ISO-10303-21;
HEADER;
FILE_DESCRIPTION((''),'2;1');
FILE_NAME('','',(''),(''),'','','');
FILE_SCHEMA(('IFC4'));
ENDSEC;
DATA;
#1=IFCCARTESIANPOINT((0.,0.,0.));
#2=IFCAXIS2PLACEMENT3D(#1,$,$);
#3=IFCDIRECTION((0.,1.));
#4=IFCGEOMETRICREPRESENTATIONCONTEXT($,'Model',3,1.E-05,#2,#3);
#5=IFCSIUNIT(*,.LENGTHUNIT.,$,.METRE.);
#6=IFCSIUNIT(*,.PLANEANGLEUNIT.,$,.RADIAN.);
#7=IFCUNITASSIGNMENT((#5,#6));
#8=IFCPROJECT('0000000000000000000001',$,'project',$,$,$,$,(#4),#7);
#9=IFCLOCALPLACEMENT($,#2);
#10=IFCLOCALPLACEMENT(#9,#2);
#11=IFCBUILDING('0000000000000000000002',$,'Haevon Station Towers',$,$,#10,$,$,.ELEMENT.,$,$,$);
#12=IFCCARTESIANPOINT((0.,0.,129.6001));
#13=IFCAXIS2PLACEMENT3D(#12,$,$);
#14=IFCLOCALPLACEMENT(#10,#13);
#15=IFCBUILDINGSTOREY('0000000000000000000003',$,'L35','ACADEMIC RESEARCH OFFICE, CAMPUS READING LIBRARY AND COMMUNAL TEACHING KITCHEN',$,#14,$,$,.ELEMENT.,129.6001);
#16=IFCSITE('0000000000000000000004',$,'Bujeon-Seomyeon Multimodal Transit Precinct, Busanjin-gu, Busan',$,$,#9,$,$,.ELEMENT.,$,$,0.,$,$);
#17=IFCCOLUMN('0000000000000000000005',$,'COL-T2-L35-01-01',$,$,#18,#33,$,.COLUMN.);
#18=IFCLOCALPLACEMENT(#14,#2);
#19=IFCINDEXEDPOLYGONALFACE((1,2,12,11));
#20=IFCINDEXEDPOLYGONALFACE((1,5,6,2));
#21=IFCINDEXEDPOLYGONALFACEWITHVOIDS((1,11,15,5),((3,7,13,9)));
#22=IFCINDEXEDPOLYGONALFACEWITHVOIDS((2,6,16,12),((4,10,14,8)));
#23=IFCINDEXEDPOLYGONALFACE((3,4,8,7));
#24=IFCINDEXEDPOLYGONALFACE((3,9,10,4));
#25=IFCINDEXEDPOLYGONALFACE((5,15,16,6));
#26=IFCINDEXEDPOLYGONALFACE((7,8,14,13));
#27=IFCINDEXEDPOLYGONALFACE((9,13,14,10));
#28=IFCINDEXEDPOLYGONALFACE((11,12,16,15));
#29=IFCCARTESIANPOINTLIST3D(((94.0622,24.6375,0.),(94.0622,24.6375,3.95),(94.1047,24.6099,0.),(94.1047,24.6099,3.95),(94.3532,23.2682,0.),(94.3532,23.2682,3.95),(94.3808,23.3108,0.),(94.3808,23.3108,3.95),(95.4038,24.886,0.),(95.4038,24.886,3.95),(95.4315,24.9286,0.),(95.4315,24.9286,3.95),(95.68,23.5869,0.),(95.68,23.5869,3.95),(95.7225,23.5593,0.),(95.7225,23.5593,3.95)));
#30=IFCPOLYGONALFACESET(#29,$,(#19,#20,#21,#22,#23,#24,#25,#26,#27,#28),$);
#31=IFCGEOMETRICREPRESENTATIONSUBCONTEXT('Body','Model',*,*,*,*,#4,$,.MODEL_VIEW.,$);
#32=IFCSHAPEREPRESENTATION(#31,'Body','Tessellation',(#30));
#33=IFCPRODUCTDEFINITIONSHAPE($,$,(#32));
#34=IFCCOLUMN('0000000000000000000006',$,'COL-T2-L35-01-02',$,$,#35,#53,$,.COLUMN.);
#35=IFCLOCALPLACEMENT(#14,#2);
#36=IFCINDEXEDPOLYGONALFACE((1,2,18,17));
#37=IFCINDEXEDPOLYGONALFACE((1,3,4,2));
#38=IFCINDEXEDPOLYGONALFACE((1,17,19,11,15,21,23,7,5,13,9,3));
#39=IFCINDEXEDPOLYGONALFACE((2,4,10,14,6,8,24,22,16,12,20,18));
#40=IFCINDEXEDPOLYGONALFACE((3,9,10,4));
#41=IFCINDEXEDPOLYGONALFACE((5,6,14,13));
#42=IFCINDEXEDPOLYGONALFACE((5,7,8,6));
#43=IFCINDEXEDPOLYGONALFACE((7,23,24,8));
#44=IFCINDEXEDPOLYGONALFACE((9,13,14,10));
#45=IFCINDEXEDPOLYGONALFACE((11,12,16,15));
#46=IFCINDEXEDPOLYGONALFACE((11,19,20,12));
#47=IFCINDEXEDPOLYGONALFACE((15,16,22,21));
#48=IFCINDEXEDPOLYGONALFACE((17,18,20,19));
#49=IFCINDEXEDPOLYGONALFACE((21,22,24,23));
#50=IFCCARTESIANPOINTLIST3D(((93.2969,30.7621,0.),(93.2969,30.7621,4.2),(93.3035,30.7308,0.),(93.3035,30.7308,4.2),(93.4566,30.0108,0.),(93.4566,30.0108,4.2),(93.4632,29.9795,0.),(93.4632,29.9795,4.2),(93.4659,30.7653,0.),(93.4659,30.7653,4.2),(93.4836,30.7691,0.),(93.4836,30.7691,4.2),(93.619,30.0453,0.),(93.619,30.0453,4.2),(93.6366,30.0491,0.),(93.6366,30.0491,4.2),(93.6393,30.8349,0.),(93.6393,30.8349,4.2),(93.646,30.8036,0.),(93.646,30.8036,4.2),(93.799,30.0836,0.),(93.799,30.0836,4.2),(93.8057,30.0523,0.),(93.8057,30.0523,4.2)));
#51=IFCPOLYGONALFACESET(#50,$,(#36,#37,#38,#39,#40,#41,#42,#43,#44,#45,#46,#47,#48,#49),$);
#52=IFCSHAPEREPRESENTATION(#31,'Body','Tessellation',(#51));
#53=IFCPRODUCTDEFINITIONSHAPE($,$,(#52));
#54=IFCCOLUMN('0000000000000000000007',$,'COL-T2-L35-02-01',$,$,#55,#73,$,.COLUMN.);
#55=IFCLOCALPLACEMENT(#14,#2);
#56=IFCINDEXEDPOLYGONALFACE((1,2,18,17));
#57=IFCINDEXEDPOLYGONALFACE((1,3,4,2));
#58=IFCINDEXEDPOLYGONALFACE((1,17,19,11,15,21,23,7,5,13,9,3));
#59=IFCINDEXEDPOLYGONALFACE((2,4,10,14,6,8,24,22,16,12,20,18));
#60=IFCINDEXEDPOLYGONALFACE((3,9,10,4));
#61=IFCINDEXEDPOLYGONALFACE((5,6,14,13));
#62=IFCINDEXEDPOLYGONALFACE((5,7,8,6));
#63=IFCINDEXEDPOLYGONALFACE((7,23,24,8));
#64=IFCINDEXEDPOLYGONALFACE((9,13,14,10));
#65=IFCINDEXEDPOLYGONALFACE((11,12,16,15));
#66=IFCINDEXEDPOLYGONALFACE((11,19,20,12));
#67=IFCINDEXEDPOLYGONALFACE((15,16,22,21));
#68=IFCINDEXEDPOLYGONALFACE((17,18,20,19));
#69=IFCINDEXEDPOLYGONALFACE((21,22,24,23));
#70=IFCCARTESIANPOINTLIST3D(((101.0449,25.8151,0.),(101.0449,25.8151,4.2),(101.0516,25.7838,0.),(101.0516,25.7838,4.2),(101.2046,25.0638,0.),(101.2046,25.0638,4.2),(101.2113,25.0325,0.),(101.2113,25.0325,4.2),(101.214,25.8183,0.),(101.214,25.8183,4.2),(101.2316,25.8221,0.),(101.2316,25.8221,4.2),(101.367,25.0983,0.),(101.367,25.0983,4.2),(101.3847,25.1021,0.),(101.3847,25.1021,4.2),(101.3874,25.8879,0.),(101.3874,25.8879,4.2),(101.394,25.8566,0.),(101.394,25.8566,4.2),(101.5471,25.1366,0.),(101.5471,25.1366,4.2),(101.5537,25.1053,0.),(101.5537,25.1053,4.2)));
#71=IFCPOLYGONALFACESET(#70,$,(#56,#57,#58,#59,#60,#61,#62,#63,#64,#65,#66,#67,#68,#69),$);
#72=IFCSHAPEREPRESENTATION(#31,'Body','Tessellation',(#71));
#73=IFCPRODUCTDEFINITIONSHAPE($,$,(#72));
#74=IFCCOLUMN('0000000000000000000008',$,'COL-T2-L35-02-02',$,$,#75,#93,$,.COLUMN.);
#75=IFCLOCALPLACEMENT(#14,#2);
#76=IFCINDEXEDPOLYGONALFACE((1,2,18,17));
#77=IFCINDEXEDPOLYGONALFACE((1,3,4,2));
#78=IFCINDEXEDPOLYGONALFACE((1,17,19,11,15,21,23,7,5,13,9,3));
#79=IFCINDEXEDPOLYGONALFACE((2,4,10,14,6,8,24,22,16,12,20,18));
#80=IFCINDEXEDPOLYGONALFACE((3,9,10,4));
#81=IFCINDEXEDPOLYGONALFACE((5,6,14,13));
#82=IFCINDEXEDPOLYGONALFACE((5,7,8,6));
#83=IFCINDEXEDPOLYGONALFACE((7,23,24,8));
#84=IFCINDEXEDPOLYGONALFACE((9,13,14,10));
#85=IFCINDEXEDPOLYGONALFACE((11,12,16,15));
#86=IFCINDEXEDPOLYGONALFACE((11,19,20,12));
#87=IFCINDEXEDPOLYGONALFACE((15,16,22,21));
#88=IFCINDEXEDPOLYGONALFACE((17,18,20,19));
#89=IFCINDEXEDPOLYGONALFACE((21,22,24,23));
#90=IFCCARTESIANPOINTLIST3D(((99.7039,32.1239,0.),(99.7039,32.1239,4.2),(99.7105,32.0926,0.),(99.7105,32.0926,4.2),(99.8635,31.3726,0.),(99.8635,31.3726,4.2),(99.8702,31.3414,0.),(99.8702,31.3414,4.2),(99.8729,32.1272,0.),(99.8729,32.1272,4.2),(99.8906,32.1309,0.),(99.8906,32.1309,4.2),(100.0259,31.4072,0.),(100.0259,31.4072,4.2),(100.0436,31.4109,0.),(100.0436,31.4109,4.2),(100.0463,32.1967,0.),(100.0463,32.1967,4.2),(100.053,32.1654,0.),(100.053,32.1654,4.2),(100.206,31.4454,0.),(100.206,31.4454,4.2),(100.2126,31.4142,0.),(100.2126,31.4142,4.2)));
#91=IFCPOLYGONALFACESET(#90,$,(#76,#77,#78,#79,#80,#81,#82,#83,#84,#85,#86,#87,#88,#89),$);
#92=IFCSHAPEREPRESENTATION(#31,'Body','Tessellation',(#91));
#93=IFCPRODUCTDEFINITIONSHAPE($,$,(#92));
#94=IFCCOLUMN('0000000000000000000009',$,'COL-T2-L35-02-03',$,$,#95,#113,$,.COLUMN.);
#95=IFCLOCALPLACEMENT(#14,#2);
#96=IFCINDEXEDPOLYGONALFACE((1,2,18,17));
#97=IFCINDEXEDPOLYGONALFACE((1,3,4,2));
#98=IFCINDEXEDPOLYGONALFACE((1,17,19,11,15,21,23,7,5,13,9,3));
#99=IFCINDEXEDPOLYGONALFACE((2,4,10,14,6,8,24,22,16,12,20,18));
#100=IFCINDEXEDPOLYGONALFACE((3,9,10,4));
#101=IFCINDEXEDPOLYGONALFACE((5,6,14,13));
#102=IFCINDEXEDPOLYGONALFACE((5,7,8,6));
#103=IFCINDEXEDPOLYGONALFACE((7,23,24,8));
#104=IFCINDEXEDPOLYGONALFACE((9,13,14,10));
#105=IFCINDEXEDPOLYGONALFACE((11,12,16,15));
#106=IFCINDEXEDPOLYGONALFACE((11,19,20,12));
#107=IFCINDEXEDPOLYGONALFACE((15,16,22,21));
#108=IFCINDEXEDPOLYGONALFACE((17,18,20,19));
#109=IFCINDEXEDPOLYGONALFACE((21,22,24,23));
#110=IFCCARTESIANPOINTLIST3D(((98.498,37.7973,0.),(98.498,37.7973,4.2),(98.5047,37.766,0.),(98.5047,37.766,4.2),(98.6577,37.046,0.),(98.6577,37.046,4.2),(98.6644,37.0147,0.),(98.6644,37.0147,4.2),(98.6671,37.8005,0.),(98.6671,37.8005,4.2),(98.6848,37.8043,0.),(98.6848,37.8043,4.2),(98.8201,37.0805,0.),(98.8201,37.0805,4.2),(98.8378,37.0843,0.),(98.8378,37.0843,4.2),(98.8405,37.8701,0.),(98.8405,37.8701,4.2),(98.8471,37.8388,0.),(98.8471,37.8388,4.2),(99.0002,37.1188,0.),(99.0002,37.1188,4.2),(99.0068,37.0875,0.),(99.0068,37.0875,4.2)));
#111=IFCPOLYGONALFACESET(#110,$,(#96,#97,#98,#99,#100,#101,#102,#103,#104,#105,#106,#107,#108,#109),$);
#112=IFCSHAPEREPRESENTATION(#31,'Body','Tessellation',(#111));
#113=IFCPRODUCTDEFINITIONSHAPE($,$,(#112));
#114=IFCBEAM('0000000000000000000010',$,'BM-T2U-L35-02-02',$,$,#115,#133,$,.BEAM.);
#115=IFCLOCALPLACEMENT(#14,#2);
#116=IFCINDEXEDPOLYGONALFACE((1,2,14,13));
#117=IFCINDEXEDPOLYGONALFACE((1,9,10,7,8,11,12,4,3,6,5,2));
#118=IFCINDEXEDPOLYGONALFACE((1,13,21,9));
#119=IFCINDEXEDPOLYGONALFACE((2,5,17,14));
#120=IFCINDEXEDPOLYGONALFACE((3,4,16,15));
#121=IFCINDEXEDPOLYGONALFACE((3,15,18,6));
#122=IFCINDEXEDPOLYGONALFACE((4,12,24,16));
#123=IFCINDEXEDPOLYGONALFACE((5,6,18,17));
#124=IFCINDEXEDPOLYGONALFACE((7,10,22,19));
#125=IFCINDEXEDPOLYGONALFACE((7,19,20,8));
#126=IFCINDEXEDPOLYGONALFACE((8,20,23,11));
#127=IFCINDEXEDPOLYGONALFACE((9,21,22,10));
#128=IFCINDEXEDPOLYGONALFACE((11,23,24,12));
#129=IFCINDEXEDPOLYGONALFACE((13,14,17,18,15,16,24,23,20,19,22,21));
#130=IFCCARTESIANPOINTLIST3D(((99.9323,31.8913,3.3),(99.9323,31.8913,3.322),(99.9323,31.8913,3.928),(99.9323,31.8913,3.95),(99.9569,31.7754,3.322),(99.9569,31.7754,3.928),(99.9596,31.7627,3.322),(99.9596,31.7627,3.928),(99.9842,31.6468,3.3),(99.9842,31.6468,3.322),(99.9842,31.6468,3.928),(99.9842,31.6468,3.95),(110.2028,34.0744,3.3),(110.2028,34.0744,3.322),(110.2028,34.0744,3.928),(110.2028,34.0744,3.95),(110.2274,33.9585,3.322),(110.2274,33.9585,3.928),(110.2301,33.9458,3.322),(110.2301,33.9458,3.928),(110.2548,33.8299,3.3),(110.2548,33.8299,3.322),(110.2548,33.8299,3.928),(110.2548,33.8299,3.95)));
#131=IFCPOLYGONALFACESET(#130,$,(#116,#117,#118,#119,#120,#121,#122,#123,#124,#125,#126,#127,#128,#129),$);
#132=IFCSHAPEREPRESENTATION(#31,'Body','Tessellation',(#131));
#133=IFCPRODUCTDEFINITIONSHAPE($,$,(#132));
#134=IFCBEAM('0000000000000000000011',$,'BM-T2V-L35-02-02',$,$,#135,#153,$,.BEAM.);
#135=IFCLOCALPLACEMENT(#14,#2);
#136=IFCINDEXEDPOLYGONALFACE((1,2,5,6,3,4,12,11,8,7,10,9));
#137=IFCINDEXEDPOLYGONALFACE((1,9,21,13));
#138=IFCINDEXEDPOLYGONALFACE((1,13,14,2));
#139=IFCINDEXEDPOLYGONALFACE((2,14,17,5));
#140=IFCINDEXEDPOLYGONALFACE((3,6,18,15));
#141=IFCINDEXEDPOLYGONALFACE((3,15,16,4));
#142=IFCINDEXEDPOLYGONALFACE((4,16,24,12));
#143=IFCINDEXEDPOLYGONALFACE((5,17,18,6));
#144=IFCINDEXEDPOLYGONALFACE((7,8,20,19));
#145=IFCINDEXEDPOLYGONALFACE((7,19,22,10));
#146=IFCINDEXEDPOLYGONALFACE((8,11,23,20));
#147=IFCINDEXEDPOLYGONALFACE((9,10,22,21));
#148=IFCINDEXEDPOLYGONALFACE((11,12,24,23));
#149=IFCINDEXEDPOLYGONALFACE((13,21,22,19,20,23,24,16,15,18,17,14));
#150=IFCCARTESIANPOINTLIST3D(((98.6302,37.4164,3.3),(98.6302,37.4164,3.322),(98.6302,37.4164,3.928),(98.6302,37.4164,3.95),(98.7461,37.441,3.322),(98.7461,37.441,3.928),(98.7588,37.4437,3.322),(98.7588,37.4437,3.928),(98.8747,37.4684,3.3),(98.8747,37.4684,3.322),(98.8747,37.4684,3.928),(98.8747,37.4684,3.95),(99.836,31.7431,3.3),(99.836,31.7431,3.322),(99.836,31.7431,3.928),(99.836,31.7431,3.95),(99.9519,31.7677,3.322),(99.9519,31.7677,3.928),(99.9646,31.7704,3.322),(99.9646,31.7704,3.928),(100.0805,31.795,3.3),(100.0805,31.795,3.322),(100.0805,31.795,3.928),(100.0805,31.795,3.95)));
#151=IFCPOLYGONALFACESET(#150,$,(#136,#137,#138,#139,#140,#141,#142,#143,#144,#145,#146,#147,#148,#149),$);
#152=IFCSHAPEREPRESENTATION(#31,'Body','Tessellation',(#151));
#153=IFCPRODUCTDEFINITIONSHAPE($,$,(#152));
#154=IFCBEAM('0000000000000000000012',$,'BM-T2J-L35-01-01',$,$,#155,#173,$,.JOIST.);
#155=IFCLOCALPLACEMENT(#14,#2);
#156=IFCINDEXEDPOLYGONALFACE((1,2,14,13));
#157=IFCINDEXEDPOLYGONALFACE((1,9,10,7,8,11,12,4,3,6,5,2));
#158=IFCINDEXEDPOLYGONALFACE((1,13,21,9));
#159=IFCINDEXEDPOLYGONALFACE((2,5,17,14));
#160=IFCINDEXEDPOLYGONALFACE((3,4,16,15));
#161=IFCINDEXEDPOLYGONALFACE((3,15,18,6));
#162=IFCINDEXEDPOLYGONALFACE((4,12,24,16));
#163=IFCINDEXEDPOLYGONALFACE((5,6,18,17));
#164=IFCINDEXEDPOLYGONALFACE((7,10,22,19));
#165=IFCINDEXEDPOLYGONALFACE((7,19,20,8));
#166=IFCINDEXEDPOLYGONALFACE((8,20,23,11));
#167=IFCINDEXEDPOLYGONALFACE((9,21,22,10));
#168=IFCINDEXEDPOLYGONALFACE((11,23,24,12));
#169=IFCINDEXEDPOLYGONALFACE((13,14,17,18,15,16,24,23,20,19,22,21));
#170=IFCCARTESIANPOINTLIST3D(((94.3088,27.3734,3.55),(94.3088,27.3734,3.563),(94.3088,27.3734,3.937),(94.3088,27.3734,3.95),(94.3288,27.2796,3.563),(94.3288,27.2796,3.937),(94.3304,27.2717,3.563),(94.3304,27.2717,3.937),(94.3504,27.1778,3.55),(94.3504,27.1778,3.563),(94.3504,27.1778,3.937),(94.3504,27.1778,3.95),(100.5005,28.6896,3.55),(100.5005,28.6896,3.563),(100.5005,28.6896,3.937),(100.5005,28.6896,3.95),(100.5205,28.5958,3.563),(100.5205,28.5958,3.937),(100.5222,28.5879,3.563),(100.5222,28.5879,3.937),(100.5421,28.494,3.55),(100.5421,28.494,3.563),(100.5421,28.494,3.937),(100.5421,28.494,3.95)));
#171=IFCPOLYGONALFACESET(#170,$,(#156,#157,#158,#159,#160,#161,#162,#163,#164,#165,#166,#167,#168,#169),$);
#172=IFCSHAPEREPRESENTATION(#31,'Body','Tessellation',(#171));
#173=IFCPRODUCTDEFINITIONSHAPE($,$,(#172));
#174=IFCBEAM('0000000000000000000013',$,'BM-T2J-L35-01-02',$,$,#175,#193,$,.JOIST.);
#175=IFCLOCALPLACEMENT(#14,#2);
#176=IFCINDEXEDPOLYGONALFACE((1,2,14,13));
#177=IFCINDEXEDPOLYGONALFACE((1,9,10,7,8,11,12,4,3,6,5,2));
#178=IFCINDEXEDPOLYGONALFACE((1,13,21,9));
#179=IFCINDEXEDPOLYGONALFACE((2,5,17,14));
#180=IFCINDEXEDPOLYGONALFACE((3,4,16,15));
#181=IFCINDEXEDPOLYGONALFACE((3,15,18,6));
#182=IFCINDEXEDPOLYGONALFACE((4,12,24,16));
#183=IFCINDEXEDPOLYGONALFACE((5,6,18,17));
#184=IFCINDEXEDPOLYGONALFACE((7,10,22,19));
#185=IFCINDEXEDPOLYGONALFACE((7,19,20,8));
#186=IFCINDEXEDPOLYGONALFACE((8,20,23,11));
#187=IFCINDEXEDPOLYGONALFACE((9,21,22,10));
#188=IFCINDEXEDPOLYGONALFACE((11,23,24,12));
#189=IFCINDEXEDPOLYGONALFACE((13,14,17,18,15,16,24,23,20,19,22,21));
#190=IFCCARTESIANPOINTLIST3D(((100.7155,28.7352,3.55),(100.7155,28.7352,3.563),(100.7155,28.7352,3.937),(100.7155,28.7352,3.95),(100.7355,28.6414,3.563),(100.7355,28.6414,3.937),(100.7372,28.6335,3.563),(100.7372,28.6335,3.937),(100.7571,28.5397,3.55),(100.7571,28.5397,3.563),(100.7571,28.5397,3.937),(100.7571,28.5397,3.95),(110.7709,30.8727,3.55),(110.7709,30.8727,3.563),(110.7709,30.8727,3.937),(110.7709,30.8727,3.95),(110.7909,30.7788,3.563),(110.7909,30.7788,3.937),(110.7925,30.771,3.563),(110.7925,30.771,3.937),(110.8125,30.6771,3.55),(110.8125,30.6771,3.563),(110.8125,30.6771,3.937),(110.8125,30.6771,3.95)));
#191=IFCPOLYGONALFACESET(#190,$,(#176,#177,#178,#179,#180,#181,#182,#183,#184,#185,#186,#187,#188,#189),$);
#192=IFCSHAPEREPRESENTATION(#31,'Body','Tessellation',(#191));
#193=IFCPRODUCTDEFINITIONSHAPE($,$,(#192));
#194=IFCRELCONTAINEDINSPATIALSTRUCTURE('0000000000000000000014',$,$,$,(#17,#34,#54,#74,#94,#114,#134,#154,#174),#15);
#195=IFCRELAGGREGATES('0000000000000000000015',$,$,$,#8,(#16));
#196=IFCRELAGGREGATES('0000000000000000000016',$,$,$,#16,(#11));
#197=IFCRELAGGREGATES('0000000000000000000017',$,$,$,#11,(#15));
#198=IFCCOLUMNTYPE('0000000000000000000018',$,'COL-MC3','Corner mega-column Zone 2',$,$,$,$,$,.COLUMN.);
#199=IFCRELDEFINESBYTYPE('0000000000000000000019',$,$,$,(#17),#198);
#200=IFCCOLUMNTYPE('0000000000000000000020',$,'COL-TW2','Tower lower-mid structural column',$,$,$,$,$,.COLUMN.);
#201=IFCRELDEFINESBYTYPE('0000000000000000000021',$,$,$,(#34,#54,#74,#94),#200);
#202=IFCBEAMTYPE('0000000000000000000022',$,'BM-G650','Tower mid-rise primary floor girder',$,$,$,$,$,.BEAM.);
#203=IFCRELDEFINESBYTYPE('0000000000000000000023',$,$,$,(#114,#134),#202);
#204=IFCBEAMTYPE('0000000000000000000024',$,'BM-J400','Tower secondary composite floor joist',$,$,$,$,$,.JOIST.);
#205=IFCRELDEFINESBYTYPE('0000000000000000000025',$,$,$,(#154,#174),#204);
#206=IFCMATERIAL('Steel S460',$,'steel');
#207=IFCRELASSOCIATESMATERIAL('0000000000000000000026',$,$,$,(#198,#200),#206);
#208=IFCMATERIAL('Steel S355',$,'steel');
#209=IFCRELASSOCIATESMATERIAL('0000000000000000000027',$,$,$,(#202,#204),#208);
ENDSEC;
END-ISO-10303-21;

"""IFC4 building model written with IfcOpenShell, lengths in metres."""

from ifc_helpers import new_model, si_unit, direction, frame, origin, origin_2d, place, context, subcontext, project, spatial, hollow_rectangle, i_section, extrude, material, material_profile, profile_set, type_object, element, save


model = new_model("IFC4")

# Units and contexts
model_context = context("Model", 3, precision=1e-05, world=origin(), true_north=direction((0.0, 1.0)))
body_context = subcontext(model_context, "Body", "Model", "MODEL_VIEW")
ifc_project = project(units=[si_unit("LENGTHUNIT", "METRE"), si_unit("PLANEANGLEUNIT", "RADIAN")], contexts=[model_context])

# Site, building, storey
site_placement = place(None, origin())
site = spatial("IfcSite", under=ifc_project, at=site_placement, Name="Bujeon-Seomyeon Multimodal Transit Precinct, Busanjin-gu, Busan", CompositionType="ELEMENT", RefElevation=0.0)
building_placement = place(site_placement, origin())
building = spatial("IfcBuilding", under=site, at=building_placement, Name="Haevon Station Towers", CompositionType="ELEMENT")
storey_placement = place(building_placement, frame((0.0, 0.0, 129.6001)))
storey = spatial("IfcBuildingStorey", under=building, at=storey_placement, Name="L35", Description="ACADEMIC RESEARCH OFFICE, CAMPUS READING LIBRARY AND COMMUNAL TEACHING KITCHEN", CompositionType="ELEMENT", Elevation=129.6001)

# Columns
ifc_material_1 = material(Name="Steel S460", Category="steel")
ifc_material_profile_1 = material_profile(ifc_material_1, hollow_rectangle(XDim=1.3999, YDim=1.3999, WallThickness=0.0359, at=origin_2d()), Name="BOX-1400x1400x36")
ifc_profile_set_1 = profile_set([ifc_material_profile_1], Name="Steel S460")
column_type_1 = type_object("IfcColumnType", Name="COL-MC3", Description="Corner mega-column Zone 2", PredefinedType="COLUMN", material=ifc_profile_set_1)
column_placement = place(storey_placement, frame((94.8923, 24.0984, 0.0), z_axis=(0.0, 0.0, 1.0), x_axis=(0.978148, 0.207912, 0.0)))
element("IfcColumn", 1, at=column_placement, inside=storey, type_object=column_type_1, Name="COL-T2-L35-01-01", PredefinedType="COLUMN", context=body_context, shape_type="SweptSolid", body=[
    extrude(hollow_rectangle(XDim=1.3999, YDim=1.3999, WallThickness=0.0359, at=origin_2d()), origin(), (0.0, 0.0, 1.0), 3.95),
])
ifc_material_profile_2 = material_profile(ifc_material_1, i_section(OverallWidth=0.3501, OverallDepth=0.8, WebThickness=0.0181, FlangeThickness=0.032, at=origin_2d()), Name="H-800x350x18x32")
ifc_profile_set_2 = profile_set([ifc_material_profile_2], Name="Steel S460")
column_type_2 = type_object("IfcColumnType", Name="COL-TW2", Description="Tower lower-mid structural column", PredefinedType="COLUMN", material=ifc_profile_set_2)
for number, where, z_axis, x_axis, name in (
    (2, (93.5513, 30.4072, 0.0), (0.0, 0.0, 1.0), (0.978148, 0.207912, 0.0), "COL-T2-L35-01-02"),
    (3, (101.2993, 25.4602, 0.0), (0.0, 0.0, 1.0), (0.978148, 0.207912, 0.0), "COL-T2-L35-02-01"),
    (4, (99.9583, 31.769, 0.0), (0.0, 0.0, 1.0), (0.978148, 0.207912, 0.0), "COL-T2-L35-02-02"),
    (5, (98.7524, 37.4424, 0.0), (0.0, 0.0, 1.0), (0.978148, 0.207912, 0.0), "COL-T2-L35-02-03"),
):
    element("IfcColumn", number, at=place(storey_placement, frame(where, z_axis=z_axis, x_axis=x_axis)), inside=storey, type_object=column_type_2, Name=name, PredefinedType="COLUMN", context=body_context, shape_type="SweptSolid", body=[
        extrude(i_section(OverallWidth=0.3501, OverallDepth=0.8, WebThickness=0.0181, FlangeThickness=0.032, at=origin_2d()), origin(), (0.0, 0.0, 1.0), 4.2),
    ])

# Beams
ifc_material_2 = material(Name="Steel S355", Category="steel")
ifc_material_profile_3 = material_profile(ifc_material_2, i_section(OverallWidth=0.25, OverallDepth=0.6499, WebThickness=0.0129, FlangeThickness=0.022, at=origin_2d()), Name="H-650x250x13x22")
ifc_profile_set_3 = profile_set([ifc_material_profile_3], Name="Steel S355")
beam_type_1 = type_object("IfcBeamType", Name="BM-G650", Description="Tower mid-rise primary floor girder", PredefinedType="BEAM", material=ifc_profile_set_3)
beam_1_placement = place(storey_placement, frame((99.9583, 31.769, 3.625), z_axis=(0.978147, 0.207915, 0.0), x_axis=(-0.207915, 0.978147, 0.0)))
element("IfcBeam", 6, at=beam_1_placement, inside=storey, type_object=beam_type_1, Name="BM-T2U-L35-02-02", PredefinedType="BEAM", context=body_context, shape_type="SweptSolid", body=[
    extrude(i_section(OverallWidth=0.25, OverallDepth=0.6499, WebThickness=0.0129, FlangeThickness=0.022, at=origin_2d()), origin(), (0.0, 0.0, 1.0), 10.5),
])
beam_2_placement = place(storey_placement, frame((99.9583, 31.769, 3.625), z_axis=(-0.207896, 0.978151, 0.0), x_axis=(-0.978151, -0.207896, 0.0)))
element("IfcBeam", 7, at=beam_2_placement, inside=storey, type_object=beam_type_1, Name="BM-T2V-L35-02-02", PredefinedType="BEAM", context=body_context, shape_type="SweptSolid", body=[
    extrude(i_section(OverallWidth=0.25, OverallDepth=0.6499, WebThickness=0.0129, FlangeThickness=0.022, at=origin_2d()), origin(), (0.0, 0.0, 1.0), 5.8),
])
ifc_material_profile_4 = material_profile(ifc_material_2, i_section(OverallWidth=0.2, OverallDepth=0.3999, WebThickness=0.0081, FlangeThickness=0.0129, at=origin_2d()), Name="H-400x200x8x13")
ifc_profile_set_4 = profile_set([ifc_material_profile_4], Name="Steel S355")
beam_type_2 = type_object("IfcBeamType", Name="BM-J400", Description="Tower secondary composite floor joist", PredefinedType="JOIST", material=ifc_profile_set_4)
beam_3_placement = place(storey_placement, frame((94.3296, 27.2756, 3.75), z_axis=(0.978145, 0.207925, 0.0), x_axis=(-0.207925, 0.978145, 0.0)))
element("IfcBeam", 8, at=beam_3_placement, inside=storey, type_object=beam_type_2, Name="BM-T2J-L35-01-01", PredefinedType="JOIST", context=body_context, shape_type="SweptSolid", body=[
    extrude(i_section(OverallWidth=0.2, OverallDepth=0.3999, WebThickness=0.0081, FlangeThickness=0.0129, at=origin_2d()), origin(), (0.0, 0.0, 1.0), 6.3301),
])
for number, where, z_axis, x_axis, name in (
    (9, (100.7363, 28.6375, 3.75), (0.978146, 0.207922, 0.0), (-0.207922, 0.978146, 0.0), "BM-T2J-L35-01-02"),
):
    element("IfcBeam", number, at=place(storey_placement, frame(where, z_axis=z_axis, x_axis=x_axis)), inside=storey, type_object=beam_type_2, Name=name, PredefinedType="JOIST", context=body_context, shape_type="SweptSolid", body=[
        extrude(i_section(OverallWidth=0.2, OverallDepth=0.3999, WebThickness=0.0081, FlangeThickness=0.0129, at=origin_2d()), origin(), (0.0, 0.0, 1.0), 10.28),
    ])

save(model, "model.ifc")
